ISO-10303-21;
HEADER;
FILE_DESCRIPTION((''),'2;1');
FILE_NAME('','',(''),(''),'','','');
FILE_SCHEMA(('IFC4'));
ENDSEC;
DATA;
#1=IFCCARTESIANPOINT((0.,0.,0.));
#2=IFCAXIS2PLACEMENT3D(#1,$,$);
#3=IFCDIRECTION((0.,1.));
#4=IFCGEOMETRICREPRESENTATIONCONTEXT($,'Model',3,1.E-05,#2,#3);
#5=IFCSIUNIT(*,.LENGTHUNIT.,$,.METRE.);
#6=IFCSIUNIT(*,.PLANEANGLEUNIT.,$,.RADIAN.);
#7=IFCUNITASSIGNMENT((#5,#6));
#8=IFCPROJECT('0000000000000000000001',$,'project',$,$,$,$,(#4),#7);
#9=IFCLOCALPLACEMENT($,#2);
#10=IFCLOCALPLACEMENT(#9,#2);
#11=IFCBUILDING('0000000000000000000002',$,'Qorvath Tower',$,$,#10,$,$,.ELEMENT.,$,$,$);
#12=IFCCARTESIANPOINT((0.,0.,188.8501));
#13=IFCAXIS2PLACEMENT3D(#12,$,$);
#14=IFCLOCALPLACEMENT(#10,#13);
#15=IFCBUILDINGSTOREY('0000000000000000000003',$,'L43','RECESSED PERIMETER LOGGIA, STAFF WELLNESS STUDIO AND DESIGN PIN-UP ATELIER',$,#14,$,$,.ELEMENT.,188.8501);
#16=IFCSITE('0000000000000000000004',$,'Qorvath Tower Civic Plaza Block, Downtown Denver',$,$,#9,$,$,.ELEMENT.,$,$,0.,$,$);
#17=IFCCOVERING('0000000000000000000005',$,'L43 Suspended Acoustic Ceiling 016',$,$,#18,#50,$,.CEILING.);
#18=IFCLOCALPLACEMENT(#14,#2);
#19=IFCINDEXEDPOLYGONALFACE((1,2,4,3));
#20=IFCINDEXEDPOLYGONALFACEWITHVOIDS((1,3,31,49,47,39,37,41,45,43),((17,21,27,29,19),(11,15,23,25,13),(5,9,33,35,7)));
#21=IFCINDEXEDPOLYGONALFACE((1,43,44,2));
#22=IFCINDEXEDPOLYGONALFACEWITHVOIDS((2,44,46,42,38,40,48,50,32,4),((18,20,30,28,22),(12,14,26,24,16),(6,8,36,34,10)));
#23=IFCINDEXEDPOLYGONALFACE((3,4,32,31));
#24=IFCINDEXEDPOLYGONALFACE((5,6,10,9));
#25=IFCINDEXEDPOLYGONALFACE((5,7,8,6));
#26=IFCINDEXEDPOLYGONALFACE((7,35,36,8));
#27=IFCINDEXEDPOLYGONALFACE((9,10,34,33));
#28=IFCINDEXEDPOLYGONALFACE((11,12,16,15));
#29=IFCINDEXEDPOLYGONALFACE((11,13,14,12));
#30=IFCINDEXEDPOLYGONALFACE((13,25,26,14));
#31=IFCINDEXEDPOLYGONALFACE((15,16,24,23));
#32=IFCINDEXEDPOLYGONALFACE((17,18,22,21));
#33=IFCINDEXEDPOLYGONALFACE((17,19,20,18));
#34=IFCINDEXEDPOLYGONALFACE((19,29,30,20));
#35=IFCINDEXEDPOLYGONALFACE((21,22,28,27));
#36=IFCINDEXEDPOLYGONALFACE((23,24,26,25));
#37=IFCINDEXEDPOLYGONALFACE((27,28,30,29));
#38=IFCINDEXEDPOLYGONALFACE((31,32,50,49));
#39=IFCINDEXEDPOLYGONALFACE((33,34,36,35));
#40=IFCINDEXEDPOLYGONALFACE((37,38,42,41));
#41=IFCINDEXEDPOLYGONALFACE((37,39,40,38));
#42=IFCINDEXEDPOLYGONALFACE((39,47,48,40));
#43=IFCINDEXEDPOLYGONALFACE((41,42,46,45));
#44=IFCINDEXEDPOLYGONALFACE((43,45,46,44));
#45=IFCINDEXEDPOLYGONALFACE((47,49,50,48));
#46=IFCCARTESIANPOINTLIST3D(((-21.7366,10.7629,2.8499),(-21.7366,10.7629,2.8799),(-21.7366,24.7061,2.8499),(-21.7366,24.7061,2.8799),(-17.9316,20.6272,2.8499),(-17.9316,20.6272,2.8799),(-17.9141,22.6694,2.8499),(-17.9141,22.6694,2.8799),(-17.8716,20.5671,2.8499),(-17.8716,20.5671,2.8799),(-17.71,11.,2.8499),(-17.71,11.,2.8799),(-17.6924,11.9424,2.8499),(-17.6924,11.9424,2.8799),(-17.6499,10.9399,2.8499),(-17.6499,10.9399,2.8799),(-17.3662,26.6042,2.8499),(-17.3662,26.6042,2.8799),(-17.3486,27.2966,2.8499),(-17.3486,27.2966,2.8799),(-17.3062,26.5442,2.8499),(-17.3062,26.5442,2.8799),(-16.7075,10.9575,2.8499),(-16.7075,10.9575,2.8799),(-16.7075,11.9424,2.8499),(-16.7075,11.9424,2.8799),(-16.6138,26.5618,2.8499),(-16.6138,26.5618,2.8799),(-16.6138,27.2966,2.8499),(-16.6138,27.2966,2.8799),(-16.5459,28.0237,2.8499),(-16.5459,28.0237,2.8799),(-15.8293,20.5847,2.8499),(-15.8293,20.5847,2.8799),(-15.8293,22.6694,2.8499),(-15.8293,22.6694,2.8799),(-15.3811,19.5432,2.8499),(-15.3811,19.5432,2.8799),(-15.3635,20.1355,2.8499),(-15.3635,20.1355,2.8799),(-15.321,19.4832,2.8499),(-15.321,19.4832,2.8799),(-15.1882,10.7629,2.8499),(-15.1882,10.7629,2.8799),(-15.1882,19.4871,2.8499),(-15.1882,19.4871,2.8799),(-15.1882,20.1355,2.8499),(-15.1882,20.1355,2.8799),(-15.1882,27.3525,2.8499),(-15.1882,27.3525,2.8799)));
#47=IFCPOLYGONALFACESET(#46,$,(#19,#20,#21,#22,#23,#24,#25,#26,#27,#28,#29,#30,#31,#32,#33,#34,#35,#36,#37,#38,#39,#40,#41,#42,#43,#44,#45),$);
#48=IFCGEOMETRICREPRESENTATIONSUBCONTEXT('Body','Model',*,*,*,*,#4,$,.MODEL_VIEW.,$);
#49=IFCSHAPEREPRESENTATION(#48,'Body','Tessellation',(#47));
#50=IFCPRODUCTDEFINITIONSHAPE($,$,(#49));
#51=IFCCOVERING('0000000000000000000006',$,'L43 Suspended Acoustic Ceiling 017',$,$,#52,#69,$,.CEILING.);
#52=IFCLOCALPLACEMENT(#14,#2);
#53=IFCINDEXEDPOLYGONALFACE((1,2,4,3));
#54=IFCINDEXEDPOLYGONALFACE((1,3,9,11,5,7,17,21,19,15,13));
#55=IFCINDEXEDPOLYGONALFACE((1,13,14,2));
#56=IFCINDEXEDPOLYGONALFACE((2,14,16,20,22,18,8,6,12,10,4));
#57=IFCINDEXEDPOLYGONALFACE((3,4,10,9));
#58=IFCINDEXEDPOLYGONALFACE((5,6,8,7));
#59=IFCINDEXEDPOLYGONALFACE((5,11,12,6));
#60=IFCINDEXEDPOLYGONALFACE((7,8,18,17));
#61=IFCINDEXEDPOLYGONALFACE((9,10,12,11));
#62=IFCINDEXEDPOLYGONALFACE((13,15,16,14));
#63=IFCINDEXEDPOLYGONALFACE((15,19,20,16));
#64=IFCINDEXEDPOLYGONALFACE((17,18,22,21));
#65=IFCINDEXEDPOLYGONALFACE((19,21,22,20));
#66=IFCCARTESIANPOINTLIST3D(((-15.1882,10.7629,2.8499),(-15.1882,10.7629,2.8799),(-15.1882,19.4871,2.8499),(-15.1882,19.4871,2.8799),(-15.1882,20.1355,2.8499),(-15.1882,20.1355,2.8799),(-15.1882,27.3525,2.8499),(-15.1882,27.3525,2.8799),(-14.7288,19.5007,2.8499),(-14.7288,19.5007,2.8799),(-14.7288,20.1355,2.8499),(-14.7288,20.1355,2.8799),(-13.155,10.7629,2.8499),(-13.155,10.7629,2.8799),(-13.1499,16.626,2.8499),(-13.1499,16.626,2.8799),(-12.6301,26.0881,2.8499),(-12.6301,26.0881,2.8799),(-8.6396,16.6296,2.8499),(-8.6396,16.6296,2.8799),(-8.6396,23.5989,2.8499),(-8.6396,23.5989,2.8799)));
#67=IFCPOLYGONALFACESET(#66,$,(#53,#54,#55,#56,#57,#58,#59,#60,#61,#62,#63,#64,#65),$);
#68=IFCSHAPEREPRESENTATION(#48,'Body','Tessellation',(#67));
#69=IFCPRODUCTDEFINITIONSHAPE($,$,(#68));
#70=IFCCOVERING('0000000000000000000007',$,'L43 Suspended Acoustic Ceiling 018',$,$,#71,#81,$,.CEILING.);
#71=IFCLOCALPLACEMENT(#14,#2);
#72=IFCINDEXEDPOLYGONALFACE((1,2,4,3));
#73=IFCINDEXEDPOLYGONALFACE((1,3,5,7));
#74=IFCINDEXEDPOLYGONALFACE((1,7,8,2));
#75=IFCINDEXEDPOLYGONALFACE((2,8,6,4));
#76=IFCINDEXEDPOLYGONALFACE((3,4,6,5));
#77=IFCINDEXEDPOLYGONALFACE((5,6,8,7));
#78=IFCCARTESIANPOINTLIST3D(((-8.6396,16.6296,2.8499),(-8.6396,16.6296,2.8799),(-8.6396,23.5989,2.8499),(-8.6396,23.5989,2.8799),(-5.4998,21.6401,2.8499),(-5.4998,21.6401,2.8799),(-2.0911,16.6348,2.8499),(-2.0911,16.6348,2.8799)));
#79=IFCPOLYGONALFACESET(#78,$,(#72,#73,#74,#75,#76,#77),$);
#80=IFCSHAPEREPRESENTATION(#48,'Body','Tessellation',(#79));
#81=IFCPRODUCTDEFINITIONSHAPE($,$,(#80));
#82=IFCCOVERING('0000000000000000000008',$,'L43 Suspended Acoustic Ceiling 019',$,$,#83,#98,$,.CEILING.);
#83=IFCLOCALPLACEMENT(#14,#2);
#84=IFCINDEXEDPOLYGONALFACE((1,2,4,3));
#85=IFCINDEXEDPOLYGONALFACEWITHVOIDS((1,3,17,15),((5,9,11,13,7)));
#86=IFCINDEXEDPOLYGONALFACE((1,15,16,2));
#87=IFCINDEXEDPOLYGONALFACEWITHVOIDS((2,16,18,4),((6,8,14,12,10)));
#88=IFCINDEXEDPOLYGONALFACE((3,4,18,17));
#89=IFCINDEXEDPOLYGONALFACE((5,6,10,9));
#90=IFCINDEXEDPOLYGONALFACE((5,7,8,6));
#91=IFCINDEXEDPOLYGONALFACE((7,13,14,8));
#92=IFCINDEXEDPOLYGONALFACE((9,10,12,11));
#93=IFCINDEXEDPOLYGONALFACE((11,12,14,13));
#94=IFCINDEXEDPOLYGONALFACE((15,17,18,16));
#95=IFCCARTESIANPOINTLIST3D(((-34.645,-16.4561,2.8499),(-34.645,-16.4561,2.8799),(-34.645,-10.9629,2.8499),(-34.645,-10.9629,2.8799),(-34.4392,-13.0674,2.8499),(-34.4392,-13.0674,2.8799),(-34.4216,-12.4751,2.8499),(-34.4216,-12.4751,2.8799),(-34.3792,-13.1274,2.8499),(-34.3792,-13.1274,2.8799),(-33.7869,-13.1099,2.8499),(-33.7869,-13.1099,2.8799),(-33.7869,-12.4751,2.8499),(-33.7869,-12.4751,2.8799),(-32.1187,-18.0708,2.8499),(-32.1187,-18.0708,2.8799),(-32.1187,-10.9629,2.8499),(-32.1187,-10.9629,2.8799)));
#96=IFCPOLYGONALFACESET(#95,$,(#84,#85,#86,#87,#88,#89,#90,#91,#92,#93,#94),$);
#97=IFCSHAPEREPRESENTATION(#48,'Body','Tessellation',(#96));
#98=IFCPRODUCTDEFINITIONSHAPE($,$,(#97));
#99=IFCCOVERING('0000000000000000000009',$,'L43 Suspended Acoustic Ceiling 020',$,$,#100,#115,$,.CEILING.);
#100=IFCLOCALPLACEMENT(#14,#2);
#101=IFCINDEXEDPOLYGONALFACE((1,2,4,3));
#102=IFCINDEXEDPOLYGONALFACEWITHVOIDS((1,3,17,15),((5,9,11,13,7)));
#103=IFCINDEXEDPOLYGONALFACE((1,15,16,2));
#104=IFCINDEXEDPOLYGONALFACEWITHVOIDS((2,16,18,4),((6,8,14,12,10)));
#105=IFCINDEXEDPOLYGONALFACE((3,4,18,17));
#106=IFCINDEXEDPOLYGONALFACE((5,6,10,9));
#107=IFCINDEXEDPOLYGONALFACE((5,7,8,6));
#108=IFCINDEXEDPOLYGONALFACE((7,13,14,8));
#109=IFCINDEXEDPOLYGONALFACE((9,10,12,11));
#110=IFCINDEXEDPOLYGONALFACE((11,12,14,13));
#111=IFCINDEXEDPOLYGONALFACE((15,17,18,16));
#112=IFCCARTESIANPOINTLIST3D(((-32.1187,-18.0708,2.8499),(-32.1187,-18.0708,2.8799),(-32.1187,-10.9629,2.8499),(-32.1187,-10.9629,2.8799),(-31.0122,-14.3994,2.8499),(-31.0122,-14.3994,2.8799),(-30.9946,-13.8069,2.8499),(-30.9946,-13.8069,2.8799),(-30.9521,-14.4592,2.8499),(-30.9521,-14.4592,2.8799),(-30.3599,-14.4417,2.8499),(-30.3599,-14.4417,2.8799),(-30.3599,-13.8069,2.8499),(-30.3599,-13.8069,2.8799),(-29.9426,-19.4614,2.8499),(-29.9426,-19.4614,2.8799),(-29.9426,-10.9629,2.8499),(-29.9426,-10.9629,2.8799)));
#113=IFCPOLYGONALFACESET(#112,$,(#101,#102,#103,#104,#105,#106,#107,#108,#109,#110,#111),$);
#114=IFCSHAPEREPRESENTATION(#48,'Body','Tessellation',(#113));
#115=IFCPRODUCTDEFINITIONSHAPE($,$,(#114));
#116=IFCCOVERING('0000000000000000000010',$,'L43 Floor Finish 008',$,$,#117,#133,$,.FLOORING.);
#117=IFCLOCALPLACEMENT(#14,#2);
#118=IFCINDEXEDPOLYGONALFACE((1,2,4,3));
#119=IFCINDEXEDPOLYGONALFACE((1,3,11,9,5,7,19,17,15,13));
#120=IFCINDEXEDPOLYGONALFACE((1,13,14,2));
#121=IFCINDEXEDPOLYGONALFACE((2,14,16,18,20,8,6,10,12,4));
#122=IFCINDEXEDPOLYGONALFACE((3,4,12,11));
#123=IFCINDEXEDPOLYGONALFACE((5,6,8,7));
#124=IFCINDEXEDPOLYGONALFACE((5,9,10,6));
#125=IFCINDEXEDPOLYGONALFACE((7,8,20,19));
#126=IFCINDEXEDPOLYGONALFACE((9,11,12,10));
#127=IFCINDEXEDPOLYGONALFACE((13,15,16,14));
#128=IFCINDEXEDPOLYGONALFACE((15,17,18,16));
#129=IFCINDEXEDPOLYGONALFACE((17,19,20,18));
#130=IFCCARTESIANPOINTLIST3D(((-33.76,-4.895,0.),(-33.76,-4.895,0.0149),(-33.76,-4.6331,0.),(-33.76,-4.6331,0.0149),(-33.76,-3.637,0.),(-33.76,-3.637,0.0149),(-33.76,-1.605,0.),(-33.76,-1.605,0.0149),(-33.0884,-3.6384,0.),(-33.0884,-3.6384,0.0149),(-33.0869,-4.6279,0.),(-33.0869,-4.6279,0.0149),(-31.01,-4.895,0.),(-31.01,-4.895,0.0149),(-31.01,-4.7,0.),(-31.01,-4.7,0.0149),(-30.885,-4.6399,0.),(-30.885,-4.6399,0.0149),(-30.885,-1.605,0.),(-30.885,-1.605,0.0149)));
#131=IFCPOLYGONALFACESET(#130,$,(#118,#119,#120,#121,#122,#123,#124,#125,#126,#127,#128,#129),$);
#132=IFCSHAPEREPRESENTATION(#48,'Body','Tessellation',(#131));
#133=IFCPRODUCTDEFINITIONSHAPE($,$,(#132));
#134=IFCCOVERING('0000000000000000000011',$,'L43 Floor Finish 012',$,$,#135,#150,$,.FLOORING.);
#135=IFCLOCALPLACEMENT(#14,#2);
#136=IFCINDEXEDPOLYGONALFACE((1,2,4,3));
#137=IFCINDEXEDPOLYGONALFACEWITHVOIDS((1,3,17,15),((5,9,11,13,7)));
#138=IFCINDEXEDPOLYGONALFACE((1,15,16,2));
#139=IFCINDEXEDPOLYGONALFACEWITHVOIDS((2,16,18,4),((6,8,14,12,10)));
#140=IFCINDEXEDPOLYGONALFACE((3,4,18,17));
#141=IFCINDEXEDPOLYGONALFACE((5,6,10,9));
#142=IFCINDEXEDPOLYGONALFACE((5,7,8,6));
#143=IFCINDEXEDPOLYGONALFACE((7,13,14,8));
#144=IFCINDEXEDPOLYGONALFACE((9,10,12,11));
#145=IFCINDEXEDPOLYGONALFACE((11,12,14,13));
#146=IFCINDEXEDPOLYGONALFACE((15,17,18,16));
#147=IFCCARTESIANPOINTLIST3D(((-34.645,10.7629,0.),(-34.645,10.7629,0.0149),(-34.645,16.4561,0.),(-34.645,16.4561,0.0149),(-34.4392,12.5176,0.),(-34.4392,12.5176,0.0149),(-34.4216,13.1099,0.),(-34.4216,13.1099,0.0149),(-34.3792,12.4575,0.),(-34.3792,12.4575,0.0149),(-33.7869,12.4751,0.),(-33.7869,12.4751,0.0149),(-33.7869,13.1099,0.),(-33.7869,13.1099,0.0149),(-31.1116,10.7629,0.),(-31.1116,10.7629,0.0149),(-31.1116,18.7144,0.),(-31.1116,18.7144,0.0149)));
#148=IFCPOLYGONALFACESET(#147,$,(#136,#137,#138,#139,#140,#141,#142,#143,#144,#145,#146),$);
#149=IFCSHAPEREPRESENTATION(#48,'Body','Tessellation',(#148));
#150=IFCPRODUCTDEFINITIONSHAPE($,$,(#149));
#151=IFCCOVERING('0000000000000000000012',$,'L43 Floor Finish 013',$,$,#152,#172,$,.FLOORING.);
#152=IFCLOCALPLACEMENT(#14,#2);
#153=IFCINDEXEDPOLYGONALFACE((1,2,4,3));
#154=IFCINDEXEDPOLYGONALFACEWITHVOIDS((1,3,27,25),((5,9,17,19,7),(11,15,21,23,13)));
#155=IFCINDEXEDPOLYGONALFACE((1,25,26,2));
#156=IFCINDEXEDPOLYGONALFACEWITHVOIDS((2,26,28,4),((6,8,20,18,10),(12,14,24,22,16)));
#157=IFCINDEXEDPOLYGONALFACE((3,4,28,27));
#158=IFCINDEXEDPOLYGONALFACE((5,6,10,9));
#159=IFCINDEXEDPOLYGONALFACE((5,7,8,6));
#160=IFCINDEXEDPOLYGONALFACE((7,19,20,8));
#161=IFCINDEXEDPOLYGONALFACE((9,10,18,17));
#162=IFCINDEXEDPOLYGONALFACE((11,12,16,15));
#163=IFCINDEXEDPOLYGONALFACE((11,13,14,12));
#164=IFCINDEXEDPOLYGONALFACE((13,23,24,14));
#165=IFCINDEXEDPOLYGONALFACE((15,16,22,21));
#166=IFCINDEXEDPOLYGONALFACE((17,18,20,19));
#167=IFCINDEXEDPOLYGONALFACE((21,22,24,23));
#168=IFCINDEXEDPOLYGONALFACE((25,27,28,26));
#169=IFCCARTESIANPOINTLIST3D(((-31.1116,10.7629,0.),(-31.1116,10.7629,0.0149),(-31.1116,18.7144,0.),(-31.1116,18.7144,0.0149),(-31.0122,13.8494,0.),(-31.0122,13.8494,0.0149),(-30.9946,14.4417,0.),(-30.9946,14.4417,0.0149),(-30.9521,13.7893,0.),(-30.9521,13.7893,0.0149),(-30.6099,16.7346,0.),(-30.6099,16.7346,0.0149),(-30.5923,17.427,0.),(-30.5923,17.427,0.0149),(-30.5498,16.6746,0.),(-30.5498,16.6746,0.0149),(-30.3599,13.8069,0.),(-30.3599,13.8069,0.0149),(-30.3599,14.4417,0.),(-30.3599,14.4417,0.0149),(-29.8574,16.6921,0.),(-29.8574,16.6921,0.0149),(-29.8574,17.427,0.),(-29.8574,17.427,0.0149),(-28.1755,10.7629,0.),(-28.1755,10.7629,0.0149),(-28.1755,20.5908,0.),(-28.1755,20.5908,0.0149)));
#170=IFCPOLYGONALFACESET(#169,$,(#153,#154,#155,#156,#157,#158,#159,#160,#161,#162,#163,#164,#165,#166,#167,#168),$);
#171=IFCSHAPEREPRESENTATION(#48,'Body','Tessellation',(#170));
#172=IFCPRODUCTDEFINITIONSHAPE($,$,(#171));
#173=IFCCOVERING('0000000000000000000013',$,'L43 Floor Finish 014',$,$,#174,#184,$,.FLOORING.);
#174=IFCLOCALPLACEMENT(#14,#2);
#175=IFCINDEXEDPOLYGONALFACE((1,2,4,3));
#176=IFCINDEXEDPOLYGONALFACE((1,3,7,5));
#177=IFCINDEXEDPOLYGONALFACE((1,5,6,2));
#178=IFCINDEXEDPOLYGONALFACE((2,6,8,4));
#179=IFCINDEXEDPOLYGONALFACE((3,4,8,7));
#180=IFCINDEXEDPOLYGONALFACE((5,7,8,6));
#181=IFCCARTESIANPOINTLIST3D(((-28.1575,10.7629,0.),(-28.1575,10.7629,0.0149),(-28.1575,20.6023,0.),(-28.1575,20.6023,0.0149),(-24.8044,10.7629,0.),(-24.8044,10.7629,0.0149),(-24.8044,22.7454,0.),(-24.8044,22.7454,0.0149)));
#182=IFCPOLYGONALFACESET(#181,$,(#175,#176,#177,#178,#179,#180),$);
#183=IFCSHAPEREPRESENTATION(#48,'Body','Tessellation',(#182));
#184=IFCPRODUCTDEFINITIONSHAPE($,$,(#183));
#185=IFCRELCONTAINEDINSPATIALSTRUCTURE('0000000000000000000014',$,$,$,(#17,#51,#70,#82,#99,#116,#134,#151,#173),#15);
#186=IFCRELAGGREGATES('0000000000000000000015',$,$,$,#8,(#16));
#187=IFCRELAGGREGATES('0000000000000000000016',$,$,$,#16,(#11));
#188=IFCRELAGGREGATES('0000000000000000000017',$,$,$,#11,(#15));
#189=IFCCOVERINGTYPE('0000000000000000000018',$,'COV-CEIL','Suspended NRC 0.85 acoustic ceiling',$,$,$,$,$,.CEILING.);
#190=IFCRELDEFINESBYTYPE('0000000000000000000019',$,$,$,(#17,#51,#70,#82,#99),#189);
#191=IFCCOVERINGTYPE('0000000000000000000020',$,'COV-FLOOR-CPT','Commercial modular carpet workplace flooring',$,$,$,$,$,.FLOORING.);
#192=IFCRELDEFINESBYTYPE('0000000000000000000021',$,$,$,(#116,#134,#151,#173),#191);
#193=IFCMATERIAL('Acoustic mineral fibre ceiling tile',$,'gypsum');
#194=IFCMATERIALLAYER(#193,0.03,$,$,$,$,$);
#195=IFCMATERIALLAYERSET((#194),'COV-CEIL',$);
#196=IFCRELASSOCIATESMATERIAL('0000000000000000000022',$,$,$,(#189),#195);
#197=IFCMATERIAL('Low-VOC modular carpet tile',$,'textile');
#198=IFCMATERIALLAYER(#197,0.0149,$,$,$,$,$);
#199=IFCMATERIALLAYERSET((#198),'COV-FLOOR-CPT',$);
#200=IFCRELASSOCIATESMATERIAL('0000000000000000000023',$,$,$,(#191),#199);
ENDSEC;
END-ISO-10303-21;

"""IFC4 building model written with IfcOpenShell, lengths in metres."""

from ifc_helpers import new_model, si_unit, direction, frame, origin, place, context, subcontext, project, spatial, polyline, outline, extrude, material, layer, layer_set, type_object, element, save


model = new_model("IFC4")

# Units and contexts
model_context = context("Model", 3, precision=1e-05, world=origin(), true_north=direction((0.0, 1.0)))
body_context = subcontext(model_context, "Body", "Model", "MODEL_VIEW")
ifc_project = project(units=[si_unit("LENGTHUNIT", "METRE"), si_unit("PLANEANGLEUNIT", "RADIAN")], contexts=[model_context])

# Site, building, storey
site_placement = place(None, origin())
site = spatial("IfcSite", under=ifc_project, at=site_placement, Name="Qorvath Tower Civic Plaza Block, Downtown Denver", CompositionType="ELEMENT", RefElevation=0.0)
building_placement = place(site_placement, origin())
building = spatial("IfcBuilding", under=site, at=building_placement, Name="Qorvath Tower", CompositionType="ELEMENT")
storey_placement = place(building_placement, frame((0.0, 0.0, 188.8501)))
storey = spatial("IfcBuildingStorey", under=building, at=storey_placement, Name="L43", Description="RECESSED PERIMETER LOGGIA, STAFF WELLNESS STUDIO AND DESIGN PIN-UP ATELIER", CompositionType="ELEMENT", Elevation=188.8501)

# Coverings
ifc_material_1 = material(Name="Acoustic mineral fibre ceiling tile", Category="gypsum")
ifc_layer_1 = layer(ifc_material_1, 0.03)
ifc_layer_set_1 = layer_set([ifc_layer_1], Name="COV-CEIL")
covering_type_1 = type_object("IfcCoveringType", Name="COV-CEIL", Description="Suspended NRC 0.85 acoustic ceiling", PredefinedType="CEILING", material=ifc_layer_set_1)
covering_1_placement = place(storey_placement, frame((0.0, 0.0, 2.8499)))
element("IfcCovering", 1, at=covering_1_placement, inside=storey, type_object=covering_type_1, Name="L43 Suspended Acoustic Ceiling 016", PredefinedType="CEILING", context=body_context, shape_type="SweptSolid", body=[
    extrude(outline(polyline([(-21.7366, 10.7629), (-15.1882, 10.7629), (-15.1882, 19.4871), (-15.321, 19.4832), (-15.3811, 19.5432), (-15.3635, 20.1355), (-15.1882, 20.1355), (-15.1882, 27.3525), (-16.5459, 28.0237), (-21.7366, 24.7061), (-21.7366, 10.7629)]), holes=[polyline([(-17.9316, 20.6272), (-17.9141, 22.6694), (-15.8293, 22.6694), (-15.8293, 20.5847), (-17.8716, 20.5671), (-17.9316, 20.6272)]), polyline([(-17.3662, 26.6042), (-17.3486, 27.2966), (-16.6138, 27.2966), (-16.6138, 26.5618), (-17.3062, 26.5442), (-17.3662, 26.6042)]), polyline([(-17.71, 11.0), (-17.6924, 11.9424), (-16.7075, 11.9424), (-16.7075, 10.9575), (-17.6499, 10.9399), (-17.71, 11.0)])]), origin(), (0.0, 0.0, 1.0), 0.03),
])
covering_2_placement = place(storey_placement, frame((0.0, 0.0, 2.8499)))
element("IfcCovering", 2, at=covering_2_placement, inside=storey, type_object=covering_type_1, Name="L43 Suspended Acoustic Ceiling 017", PredefinedType="CEILING", context=body_context, shape_type="SweptSolid", body=[
    extrude(outline(polyline([(-15.1882, 27.3525), (-15.1882, 20.1355), (-14.7288, 20.1355), (-14.7288, 19.5007), (-15.1882, 19.4871), (-15.1882, 10.7629), (-13.155, 10.7629), (-13.1499, 16.626), (-8.6396, 16.6296), (-8.6396, 23.5989), (-12.6301, 26.0881), (-15.1882, 27.3525)])), origin(), (0.0, 0.0, 1.0), 0.03),
])
covering_3_placement = place(storey_placement, frame((0.0, 0.0, 2.8499)))
element("IfcCovering", 3, at=covering_3_placement, inside=storey, type_object=covering_type_1, Name="L43 Suspended Acoustic Ceiling 018", PredefinedType="CEILING", context=body_context, shape_type="SweptSolid", body=[
    extrude(outline(polyline([(-8.6396, 23.5989), (-8.6396, 16.6296), (-2.0911, 16.6348), (-5.4998, 21.6401), (-8.6396, 23.5989)])), origin(), (0.0, 0.0, 1.0), 0.03),
])
covering_4_placement = place(storey_placement, frame((0.0, 0.0, 2.8499)))
element("IfcCovering", 4, at=covering_4_placement, inside=storey, type_object=covering_type_1, Name="L43 Suspended Acoustic Ceiling 019", PredefinedType="CEILING", context=body_context, shape_type="SweptSolid", body=[
    extrude(outline(polyline([(-34.645, -10.9629), (-34.645, -16.4561), (-32.1187, -18.0708), (-32.1187, -10.9629), (-34.645, -10.9629)]), holes=[polyline([(-34.4392, -13.0674), (-34.4216, -12.4751), (-33.7869, -12.4751), (-33.7869, -13.1099), (-34.3792, -13.1274), (-34.4392, -13.0674)])]), origin(), (0.0, 0.0, 1.0), 0.03),
])
covering_5_placement = place(storey_placement, frame((0.0, 0.0, 2.8499)))
element("IfcCovering", 5, at=covering_5_placement, inside=storey, type_object=covering_type_1, Name="L43 Suspended Acoustic Ceiling 020", PredefinedType="CEILING", context=body_context, shape_type="SweptSolid", body=[
    extrude(outline(polyline([(-32.1187, -10.9629), (-32.1187, -18.0708), (-29.9426, -19.4614), (-29.9426, -10.9629), (-32.1187, -10.9629)]), holes=[polyline([(-31.0122, -14.3994), (-30.9946, -13.8069), (-30.3599, -13.8069), (-30.3599, -14.4417), (-30.9521, -14.4592), (-31.0122, -14.3994)])]), origin(), (0.0, 0.0, 1.0), 0.03),
])
ifc_material_2 = material(Name="Low-VOC modular carpet tile", Category="textile")
ifc_layer_2 = layer(ifc_material_2, 0.0149)
ifc_layer_set_2 = layer_set([ifc_layer_2], Name="COV-FLOOR-CPT")
covering_type_2 = type_object("IfcCoveringType", Name="COV-FLOOR-CPT", Description="Commercial modular carpet workplace flooring", PredefinedType="FLOORING", material=ifc_layer_set_2)
covering_6_placement = place(storey_placement, origin())
element("IfcCovering", 6, at=covering_6_placement, inside=storey, type_object=covering_type_2, Name="L43 Floor Finish 008", PredefinedType="FLOORING", context=body_context, shape_type="SweptSolid", body=[
    extrude(outline(polyline([(-30.885, -1.605), (-33.76, -1.605), (-33.76, -3.637), (-33.0884, -3.6384), (-33.0869, -4.6279), (-33.76, -4.6331), (-33.76, -4.895), (-31.01, -4.895), (-31.01, -4.7), (-30.885, -4.6399), (-30.885, -1.605)])), origin(), (0.0, 0.0, 1.0), 0.0149),
])
covering_7_placement = place(storey_placement, origin())
element("IfcCovering", 7, at=covering_7_placement, inside=storey, type_object=covering_type_2, Name="L43 Floor Finish 012", PredefinedType="FLOORING", context=body_context, shape_type="SweptSolid", body=[
    extrude(outline(polyline([(-31.1116, 10.7629), (-31.1116, 18.7144), (-34.645, 16.4561), (-34.645, 10.7629), (-31.1116, 10.7629)]), holes=[polyline([(-34.4392, 12.5176), (-34.4216, 13.1099), (-33.7869, 13.1099), (-33.7869, 12.4751), (-34.3792, 12.4575), (-34.4392, 12.5176)])]), origin(), (0.0, 0.0, 1.0), 0.0149),
])
covering_8_placement = place(storey_placement, origin())
element("IfcCovering", 8, at=covering_8_placement, inside=storey, type_object=covering_type_2, Name="L43 Floor Finish 013", PredefinedType="FLOORING", context=body_context, shape_type="SweptSolid", body=[
    extrude(outline(polyline([(-28.1755, 10.7629), (-28.1755, 20.5908), (-31.1116, 18.7144), (-31.1116, 10.7629), (-28.1755, 10.7629)]), holes=[polyline([(-30.6099, 16.7346), (-30.5923, 17.427), (-29.8574, 17.427), (-29.8574, 16.6921), (-30.5498, 16.6746), (-30.6099, 16.7346)]), polyline([(-31.0122, 13.8494), (-30.9946, 14.4417), (-30.3599, 14.4417), (-30.3599, 13.8069), (-30.9521, 13.7893), (-31.0122, 13.8494)])]), origin(), (0.0, 0.0, 1.0), 0.0149),
])
covering_9_placement = place(storey_placement, origin())
element("IfcCovering", 9, at=covering_9_placement, inside=storey, type_object=covering_type_2, Name="L43 Floor Finish 014", PredefinedType="FLOORING", context=body_context, shape_type="SweptSolid", body=[
    extrude(outline(polyline([(-24.8044, 10.7629), (-24.8044, 22.7454), (-28.1575, 20.6023), (-28.1575, 10.7629), (-24.8044, 10.7629)])), origin(), (0.0, 0.0, 1.0), 0.0149),
])

save(model, "model.ifc")
